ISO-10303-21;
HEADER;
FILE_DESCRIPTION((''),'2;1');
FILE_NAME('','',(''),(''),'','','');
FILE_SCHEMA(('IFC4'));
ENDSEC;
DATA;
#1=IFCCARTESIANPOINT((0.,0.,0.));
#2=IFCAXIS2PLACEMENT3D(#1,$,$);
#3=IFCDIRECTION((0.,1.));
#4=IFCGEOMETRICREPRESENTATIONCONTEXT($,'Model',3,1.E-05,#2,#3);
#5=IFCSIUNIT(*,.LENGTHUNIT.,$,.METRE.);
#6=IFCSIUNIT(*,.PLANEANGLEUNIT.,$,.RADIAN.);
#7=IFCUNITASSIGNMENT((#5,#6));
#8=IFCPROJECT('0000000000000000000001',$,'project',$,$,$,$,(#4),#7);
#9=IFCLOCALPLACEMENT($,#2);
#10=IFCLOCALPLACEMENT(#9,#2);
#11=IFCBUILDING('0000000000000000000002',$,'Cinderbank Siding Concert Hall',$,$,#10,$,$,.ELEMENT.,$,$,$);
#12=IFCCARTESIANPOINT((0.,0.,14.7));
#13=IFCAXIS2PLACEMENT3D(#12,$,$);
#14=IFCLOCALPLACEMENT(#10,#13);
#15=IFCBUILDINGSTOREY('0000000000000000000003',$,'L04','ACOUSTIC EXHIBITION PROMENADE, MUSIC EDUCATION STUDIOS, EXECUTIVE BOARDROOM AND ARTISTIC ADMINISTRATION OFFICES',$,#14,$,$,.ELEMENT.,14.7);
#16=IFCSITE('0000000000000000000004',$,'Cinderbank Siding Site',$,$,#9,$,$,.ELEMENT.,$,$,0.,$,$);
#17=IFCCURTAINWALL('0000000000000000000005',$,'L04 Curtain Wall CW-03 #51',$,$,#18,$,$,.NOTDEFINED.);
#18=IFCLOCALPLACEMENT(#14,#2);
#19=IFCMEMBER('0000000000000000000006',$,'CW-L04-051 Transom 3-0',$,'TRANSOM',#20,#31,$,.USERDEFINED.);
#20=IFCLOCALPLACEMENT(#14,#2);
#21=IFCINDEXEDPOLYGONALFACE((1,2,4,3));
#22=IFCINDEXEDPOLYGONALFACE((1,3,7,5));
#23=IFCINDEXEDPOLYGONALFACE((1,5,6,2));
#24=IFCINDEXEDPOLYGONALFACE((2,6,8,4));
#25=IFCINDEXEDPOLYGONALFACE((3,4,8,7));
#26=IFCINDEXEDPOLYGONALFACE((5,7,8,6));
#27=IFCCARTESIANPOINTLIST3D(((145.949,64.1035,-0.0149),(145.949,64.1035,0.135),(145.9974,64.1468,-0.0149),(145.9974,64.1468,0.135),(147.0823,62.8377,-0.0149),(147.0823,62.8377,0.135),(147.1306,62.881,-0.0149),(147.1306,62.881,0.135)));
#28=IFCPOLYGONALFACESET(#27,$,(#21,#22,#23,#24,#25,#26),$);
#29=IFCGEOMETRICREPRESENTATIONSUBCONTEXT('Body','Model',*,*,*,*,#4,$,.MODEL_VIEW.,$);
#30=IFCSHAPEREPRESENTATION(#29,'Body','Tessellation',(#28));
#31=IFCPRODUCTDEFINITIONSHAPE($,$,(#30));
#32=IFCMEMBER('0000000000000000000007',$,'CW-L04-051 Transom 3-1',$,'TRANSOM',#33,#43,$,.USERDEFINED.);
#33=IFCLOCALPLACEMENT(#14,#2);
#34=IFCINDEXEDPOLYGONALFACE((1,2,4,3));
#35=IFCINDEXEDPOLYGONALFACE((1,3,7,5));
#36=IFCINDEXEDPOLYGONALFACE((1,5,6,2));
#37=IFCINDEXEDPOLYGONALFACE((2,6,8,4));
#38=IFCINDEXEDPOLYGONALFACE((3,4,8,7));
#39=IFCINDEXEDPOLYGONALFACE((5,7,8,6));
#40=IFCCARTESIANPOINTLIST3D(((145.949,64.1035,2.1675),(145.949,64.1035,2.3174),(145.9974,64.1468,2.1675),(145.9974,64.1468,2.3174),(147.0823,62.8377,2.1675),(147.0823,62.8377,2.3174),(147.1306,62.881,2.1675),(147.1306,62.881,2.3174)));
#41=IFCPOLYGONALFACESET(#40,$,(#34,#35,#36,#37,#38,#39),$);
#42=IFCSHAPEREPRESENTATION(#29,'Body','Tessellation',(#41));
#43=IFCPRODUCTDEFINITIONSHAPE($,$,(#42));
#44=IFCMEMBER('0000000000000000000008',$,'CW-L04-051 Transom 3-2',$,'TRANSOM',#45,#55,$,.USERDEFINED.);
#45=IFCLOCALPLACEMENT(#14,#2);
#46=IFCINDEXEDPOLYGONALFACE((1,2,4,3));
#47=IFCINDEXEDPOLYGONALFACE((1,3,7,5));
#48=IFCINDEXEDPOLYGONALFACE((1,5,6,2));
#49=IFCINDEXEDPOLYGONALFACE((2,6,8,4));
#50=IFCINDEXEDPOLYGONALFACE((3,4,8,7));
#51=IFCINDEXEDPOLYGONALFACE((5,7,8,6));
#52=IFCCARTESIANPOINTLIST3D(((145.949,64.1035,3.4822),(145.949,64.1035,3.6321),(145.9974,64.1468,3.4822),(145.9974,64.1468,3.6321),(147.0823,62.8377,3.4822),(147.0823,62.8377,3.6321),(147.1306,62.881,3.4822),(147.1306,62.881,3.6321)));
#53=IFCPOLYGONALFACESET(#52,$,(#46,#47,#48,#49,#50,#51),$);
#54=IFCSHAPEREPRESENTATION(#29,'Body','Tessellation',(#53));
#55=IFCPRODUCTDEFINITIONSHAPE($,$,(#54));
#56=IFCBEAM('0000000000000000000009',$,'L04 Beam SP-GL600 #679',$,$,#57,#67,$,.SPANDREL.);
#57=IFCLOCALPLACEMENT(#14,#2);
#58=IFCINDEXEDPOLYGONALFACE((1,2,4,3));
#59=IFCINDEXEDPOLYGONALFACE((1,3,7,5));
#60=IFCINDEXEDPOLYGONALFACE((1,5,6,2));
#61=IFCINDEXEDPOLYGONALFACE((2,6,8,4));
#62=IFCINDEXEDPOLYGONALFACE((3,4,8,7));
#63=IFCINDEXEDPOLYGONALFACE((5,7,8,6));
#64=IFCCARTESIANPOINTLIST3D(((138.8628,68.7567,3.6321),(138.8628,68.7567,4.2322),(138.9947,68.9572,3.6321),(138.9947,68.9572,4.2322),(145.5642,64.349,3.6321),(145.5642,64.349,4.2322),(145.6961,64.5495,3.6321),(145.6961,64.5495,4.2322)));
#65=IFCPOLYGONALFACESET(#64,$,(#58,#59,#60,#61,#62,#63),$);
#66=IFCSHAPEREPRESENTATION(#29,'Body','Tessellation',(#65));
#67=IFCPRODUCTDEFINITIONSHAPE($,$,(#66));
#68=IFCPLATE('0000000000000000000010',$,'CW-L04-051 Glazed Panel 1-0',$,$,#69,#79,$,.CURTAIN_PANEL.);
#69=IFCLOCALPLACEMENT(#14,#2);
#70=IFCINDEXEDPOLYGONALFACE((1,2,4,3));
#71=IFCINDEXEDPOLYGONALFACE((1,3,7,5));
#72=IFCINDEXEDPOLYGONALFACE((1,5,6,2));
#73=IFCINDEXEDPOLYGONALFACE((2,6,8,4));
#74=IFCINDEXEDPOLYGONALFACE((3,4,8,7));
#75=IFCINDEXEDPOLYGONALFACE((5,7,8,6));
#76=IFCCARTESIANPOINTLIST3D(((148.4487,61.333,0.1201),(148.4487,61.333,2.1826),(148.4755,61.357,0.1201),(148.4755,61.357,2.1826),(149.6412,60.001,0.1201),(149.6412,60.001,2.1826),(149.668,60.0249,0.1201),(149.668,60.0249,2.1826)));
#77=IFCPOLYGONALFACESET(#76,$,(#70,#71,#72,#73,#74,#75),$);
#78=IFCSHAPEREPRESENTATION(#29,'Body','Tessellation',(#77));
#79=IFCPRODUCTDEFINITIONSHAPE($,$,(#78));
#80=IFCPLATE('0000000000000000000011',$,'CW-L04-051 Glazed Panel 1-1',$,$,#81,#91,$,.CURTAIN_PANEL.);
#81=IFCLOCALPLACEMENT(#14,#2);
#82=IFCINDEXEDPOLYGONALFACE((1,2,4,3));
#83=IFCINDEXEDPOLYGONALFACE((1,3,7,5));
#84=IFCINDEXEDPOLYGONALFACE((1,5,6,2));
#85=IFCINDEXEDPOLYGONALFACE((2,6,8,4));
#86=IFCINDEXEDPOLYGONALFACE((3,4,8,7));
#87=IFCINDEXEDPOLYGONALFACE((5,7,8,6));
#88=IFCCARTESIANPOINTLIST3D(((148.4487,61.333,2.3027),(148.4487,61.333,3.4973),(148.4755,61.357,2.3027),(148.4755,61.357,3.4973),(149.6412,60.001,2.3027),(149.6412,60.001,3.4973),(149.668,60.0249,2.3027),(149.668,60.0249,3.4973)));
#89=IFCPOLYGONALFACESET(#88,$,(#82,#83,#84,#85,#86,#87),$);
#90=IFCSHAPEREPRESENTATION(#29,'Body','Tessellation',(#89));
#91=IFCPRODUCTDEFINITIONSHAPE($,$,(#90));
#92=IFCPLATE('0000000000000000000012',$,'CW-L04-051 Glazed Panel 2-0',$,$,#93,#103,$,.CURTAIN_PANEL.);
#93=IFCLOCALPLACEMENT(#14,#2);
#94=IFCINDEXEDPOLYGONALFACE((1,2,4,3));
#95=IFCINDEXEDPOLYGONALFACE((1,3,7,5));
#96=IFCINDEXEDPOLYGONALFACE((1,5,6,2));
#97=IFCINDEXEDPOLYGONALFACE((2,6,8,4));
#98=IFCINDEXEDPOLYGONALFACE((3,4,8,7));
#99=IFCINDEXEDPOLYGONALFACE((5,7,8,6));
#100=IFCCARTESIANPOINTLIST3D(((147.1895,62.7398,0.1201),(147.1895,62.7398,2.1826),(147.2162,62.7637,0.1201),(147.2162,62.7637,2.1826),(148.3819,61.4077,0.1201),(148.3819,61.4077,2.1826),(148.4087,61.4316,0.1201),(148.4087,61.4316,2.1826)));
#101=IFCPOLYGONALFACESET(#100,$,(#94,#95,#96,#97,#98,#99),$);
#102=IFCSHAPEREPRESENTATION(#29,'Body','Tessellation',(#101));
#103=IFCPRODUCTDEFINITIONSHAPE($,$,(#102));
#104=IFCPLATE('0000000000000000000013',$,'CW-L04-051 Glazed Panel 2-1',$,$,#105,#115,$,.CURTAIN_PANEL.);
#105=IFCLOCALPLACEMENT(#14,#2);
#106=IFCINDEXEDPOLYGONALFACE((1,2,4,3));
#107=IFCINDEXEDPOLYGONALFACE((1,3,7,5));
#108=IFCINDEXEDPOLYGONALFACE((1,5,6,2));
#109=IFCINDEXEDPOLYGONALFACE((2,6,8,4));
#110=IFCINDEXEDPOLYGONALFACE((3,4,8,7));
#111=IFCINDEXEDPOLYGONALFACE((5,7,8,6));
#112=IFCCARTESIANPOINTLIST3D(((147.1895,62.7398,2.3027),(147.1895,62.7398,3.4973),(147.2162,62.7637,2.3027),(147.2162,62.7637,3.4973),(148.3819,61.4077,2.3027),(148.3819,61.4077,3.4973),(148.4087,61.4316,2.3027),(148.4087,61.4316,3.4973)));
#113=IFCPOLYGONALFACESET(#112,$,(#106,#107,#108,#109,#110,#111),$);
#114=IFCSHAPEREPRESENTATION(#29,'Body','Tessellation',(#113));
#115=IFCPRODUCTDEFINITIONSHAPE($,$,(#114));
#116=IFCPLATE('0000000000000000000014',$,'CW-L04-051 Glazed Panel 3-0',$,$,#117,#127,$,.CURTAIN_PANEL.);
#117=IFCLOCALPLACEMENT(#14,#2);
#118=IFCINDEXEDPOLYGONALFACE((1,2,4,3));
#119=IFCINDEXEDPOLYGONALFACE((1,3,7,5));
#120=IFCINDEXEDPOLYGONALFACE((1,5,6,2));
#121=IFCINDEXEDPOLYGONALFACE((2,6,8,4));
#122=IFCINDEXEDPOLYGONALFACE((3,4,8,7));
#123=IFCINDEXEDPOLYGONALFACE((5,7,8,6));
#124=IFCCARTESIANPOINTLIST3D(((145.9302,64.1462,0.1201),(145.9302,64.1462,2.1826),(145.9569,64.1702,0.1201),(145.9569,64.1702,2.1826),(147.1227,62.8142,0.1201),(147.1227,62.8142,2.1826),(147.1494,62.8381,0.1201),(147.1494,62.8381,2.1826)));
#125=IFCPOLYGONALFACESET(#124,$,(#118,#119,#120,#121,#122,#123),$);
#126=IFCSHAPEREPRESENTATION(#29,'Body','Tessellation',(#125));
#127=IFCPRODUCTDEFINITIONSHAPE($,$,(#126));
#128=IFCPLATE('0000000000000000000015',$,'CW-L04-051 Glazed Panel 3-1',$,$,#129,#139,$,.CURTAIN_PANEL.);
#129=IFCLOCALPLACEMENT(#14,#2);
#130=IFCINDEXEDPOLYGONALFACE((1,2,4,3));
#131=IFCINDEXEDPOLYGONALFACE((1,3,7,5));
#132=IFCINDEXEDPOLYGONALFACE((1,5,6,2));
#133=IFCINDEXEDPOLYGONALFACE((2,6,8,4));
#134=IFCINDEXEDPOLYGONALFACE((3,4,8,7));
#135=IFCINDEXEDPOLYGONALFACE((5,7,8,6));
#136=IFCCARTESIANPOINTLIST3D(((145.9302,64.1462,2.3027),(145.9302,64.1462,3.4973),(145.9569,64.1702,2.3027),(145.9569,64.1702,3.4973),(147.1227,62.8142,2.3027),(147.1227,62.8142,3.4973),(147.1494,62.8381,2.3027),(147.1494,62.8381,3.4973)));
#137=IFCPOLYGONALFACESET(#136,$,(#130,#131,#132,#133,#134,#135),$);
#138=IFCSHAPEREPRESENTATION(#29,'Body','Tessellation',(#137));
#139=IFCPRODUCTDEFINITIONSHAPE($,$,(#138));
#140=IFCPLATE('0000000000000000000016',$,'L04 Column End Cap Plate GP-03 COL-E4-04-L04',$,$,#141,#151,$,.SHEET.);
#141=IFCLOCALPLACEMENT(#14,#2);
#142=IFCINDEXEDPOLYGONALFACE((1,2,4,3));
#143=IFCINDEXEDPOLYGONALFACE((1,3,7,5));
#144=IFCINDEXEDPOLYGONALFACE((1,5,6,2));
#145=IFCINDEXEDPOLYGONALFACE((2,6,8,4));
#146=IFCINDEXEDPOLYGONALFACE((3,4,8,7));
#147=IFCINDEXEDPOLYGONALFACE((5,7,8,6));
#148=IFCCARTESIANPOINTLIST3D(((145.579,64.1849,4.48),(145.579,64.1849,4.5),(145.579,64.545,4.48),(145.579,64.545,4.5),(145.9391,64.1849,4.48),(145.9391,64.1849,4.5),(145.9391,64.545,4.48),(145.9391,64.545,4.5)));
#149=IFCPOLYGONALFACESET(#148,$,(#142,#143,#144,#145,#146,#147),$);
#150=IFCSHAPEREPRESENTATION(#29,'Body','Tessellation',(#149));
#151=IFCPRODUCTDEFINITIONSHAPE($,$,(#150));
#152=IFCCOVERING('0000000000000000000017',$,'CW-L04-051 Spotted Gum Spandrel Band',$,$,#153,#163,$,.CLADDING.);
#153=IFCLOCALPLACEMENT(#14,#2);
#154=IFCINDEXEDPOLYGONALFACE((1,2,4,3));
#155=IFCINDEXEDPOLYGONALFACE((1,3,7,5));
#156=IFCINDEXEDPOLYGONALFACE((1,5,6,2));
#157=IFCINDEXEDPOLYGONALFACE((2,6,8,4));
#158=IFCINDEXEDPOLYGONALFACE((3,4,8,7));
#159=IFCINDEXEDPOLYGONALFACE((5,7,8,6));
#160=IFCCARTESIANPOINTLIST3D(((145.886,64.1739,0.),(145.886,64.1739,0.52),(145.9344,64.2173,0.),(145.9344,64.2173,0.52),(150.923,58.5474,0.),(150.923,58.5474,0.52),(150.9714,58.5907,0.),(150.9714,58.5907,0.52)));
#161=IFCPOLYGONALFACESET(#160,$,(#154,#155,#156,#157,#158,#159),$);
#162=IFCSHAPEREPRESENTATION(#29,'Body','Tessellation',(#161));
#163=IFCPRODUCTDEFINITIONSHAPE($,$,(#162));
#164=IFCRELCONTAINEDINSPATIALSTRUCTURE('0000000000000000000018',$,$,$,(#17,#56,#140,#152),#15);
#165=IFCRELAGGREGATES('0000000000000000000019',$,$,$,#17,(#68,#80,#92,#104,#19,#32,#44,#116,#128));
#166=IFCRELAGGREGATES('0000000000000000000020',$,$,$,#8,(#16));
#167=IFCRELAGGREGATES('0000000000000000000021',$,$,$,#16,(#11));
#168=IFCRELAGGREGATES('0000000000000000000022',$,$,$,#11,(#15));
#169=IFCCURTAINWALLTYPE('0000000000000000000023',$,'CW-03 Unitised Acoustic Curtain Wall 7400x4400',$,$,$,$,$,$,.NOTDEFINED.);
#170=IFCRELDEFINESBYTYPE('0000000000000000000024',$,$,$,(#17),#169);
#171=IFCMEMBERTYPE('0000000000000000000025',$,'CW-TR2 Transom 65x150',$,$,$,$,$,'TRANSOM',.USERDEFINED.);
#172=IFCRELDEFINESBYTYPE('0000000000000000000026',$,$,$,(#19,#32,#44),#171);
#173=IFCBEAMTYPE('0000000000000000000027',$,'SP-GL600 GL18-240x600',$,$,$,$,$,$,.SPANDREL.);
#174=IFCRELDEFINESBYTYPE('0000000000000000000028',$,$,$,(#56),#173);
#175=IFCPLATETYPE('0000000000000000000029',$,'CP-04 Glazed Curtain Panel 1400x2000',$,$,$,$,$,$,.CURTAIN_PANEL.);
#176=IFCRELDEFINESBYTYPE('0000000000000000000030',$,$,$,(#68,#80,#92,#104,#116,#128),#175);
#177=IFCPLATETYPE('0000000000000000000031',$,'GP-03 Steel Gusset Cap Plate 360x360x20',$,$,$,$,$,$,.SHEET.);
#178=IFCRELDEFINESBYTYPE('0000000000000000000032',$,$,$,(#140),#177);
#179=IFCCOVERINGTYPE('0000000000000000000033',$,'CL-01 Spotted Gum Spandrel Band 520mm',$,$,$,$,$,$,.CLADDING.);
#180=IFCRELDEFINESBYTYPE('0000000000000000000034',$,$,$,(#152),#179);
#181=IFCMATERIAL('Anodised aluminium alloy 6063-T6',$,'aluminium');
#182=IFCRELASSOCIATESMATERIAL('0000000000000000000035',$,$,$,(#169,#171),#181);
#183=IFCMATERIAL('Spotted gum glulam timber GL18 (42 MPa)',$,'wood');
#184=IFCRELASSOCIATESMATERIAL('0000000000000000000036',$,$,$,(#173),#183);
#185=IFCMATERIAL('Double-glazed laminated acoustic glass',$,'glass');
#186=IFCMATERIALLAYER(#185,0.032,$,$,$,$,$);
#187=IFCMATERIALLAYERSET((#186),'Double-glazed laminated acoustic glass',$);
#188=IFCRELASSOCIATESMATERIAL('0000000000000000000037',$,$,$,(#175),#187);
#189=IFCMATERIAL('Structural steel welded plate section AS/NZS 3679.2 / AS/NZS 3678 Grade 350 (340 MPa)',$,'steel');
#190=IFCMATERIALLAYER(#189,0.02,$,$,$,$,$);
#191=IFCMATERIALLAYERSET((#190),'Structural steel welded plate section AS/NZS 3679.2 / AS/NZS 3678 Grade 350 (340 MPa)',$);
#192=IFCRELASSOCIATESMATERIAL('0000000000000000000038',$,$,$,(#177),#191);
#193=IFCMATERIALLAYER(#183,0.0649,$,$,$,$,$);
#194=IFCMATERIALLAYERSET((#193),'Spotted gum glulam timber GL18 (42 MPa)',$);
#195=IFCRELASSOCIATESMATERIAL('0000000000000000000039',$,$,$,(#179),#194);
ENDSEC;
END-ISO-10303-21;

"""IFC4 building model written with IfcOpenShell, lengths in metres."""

from ifc_helpers import new_model, si_unit, direction, frame, origin, origin_2d, place, context, subcontext, project, spatial, rectangle, extrude, material, layer, layer_set, material_profile, profile_set, type_object, element, aggregate, save


model = new_model("IFC4")

# Units and contexts
model_context = context("Model", 3, precision=1e-05, world=origin(), true_north=direction((0.0, 1.0)))
body_context = subcontext(model_context, "Body", "Model", "MODEL_VIEW")
ifc_project = project(units=[si_unit("LENGTHUNIT", "METRE"), si_unit("PLANEANGLEUNIT", "RADIAN")], contexts=[model_context])

# Site, building, storey
site_placement = place(None, origin())
site = spatial("IfcSite", under=ifc_project, at=site_placement, Name="Cinderbank Siding Site", CompositionType="ELEMENT", RefElevation=0.0)
building_placement = place(site_placement, origin())
building = spatial("IfcBuilding", under=site, at=building_placement, Name="Cinderbank Siding Concert Hall", CompositionType="ELEMENT")
storey_placement = place(building_placement, frame((0.0, 0.0, 14.7)))
storey = spatial("IfcBuildingStorey", under=building, at=storey_placement, Name="L04", Description="ACOUSTIC EXHIBITION PROMENADE, MUSIC EDUCATION STUDIOS, EXECUTIVE BOARDROOM AND ARTISTIC ADMINISTRATION OFFICES", CompositionType="ELEMENT", Elevation=14.7)

# Curtain wall, members
ifc_material_1 = material(Name="Anodised aluminium alloy 6063-T6", Category="aluminium")
curtain_wall_type = type_object("IfcCurtainWallType", Name="CW-03 Unitised Acoustic Curtain Wall 7400x4400", PredefinedType="NOTDEFINED", material=ifc_material_1)
curtain_wall_placement = place(storey_placement, origin())
curtain_wall = element("IfcCurtainWall", 1, at=curtain_wall_placement, inside=storey, type_object=curtain_wall_type, Name="L04 Curtain Wall CW-03 #51", PredefinedType="NOTDEFINED")
ifc_material_profile_1 = material_profile(ifc_material_1, rectangle(XDim=0.0649, YDim=0.1499, at=origin_2d()), Name="ALU-TRAN-65x150", Category="LoadBearing")
ifc_profile_set_1 = profile_set([ifc_material_profile_1], Name="Anodised aluminium alloy 6063-T6")
member_type_1 = type_object("IfcMemberType", Name="CW-TR2 Transom 65x150", ElementType="TRANSOM", PredefinedType="USERDEFINED", material=ifc_profile_set_1)
member_1_placement = place(storey_placement, frame((147.1064, 62.8594, 0.0601), z_axis=(-0.667017, 0.745042, 0.0), x_axis=(-0.745042, -0.667017, 0.0)))
member_1 = element("IfcMember", 2, at=member_1_placement, type_object=member_type_1, Name="CW-L04-051 Transom 3-0", ObjectType="TRANSOM", PredefinedType="USERDEFINED", context=body_context, shape_type="SweptSolid", body=[
    extrude(rectangle(XDim=0.0649, YDim=0.1499, at=origin_2d()), origin(), (0.0, 0.0, 1.0), 1.699),
])
member_2_placement = place(storey_placement, frame((147.1064, 62.8594, 2.2424), z_axis=(-0.667017, 0.745042, 0.0), x_axis=(-0.745042, -0.667017, 0.0)))
member_2 = element("IfcMember", 3, at=member_2_placement, type_object=member_type_1, Name="CW-L04-051 Transom 3-1", ObjectType="TRANSOM", PredefinedType="USERDEFINED", context=body_context, shape_type="SweptSolid", body=[
    extrude(rectangle(XDim=0.0649, YDim=0.1499, at=origin_2d()), origin(), (0.0, 0.0, 1.0), 1.699),
])
member_3_placement = place(storey_placement, frame((147.1064, 62.8594, 3.5571), z_axis=(-0.667017, 0.745042, 0.0), x_axis=(-0.745042, -0.667017, 0.0)))
member_3 = element("IfcMember", 4, at=member_3_placement, type_object=member_type_1, Name="CW-L04-051 Transom 3-2", ObjectType="TRANSOM", PredefinedType="USERDEFINED", context=body_context, shape_type="SweptSolid", body=[
    extrude(rectangle(XDim=0.0649, YDim=0.1499, at=origin_2d()), origin(), (0.0, 0.0, 1.0), 1.699),
])

# Beam
ifc_material_2 = material(Name="Spotted gum glulam timber GL18 (42 MPa)", Category="wood")
ifc_material_profile_2 = material_profile(ifc_material_2, rectangle(XDim=0.24, YDim=0.6001, at=origin_2d()), Name="GL18-240x600", Category="LoadBearing")
ifc_profile_set_2 = profile_set([ifc_material_profile_2], Name="Spotted gum glulam timber GL18 (42 MPa)")
beam_type = type_object("IfcBeamType", Name="SP-GL600 GL18-240x600", PredefinedType="SPANDREL", material=ifc_profile_set_2)
beam_placement = place(storey_placement, frame((145.6301, 64.4492, 3.9321), z_axis=(-0.835481, 0.54952, 0.0), x_axis=(-0.54952, -0.835481, 0.0)))
element("IfcBeam", 5, at=beam_placement, inside=storey, type_object=beam_type, Name="L04 Beam SP-GL600 #679", PredefinedType="SPANDREL", context=body_context, shape_type="SweptSolid", body=[
    extrude(rectangle(XDim=0.24, YDim=0.6001, at=origin_2d()), origin(), (0.0, 0.0, 1.0), 8.021),
])

# Plates
ifc_material_3 = material(Name="Double-glazed laminated acoustic glass", Category="glass")
ifc_layer_1 = layer(ifc_material_3, 0.032)
ifc_layer_set_1 = layer_set([ifc_layer_1], Name="Double-glazed laminated acoustic glass")
plate_type_1 = type_object("IfcPlateType", Name="CP-04 Glazed Curtain Panel 1400x2000", PredefinedType="CURTAIN_PANEL", material=ifc_layer_set_1)
plate_1_placement = place(storey_placement, frame((149.0583, 60.679, 0.1201), z_axis=(0.0, 0.0, 1.0), x_axis=(-0.666993, 0.745064, 0.0)))
plate_1 = element("IfcPlate", 6, at=plate_1_placement, type_object=plate_type_1, Name="CW-L04-051 Glazed Panel 1-0", PredefinedType="CURTAIN_PANEL", context=body_context, shape_type="SweptSolid", body=[
    extrude(rectangle(XDim=1.7878, YDim=0.0359, at=origin_2d()), origin(), (0.0, 0.0, 1.0), 2.0625),
])
plate_2_placement = place(storey_placement, frame((149.0583, 60.679, 2.3027), z_axis=(0.0, 0.0, 1.0), x_axis=(-0.666993, 0.745064, 0.0)))
plate_2 = element("IfcPlate", 7, at=plate_2_placement, type_object=plate_type_1, Name="CW-L04-051 Glazed Panel 1-1", PredefinedType="CURTAIN_PANEL", context=body_context, shape_type="SweptSolid", body=[
    extrude(rectangle(XDim=1.7878, YDim=0.0359, at=origin_2d()), origin(), (0.0, 0.0, 1.0), 1.1946),
])
plate_3_placement = place(storey_placement, frame((147.7991, 62.0857, 0.1201), z_axis=(0.0, 0.0, 1.0), x_axis=(-0.666993, 0.745064, 0.0)))
plate_3 = element("IfcPlate", 8, at=plate_3_placement, type_object=plate_type_1, Name="CW-L04-051 Glazed Panel 2-0", PredefinedType="CURTAIN_PANEL", context=body_context, shape_type="SweptSolid", body=[
    extrude(rectangle(XDim=1.7878, YDim=0.0359, at=origin_2d()), origin(), (0.0, 0.0, 1.0), 2.0625),
])
plate_4_placement = place(storey_placement, frame((147.7991, 62.0857, 2.3027), z_axis=(0.0, 0.0, 1.0), x_axis=(-0.666993, 0.745064, 0.0)))
plate_4 = element("IfcPlate", 9, at=plate_4_placement, type_object=plate_type_1, Name="CW-L04-051 Glazed Panel 2-1", PredefinedType="CURTAIN_PANEL", context=body_context, shape_type="SweptSolid", body=[
    extrude(rectangle(XDim=1.7878, YDim=0.0359, at=origin_2d()), origin(), (0.0, 0.0, 1.0), 1.1946),
])
plate_5_placement = place(storey_placement, frame((146.5398, 63.4922, 0.1201), z_axis=(0.0, 0.0, 1.0), x_axis=(-0.666993, 0.745064, 0.0)))
plate_5 = element("IfcPlate", 10, at=plate_5_placement, type_object=plate_type_1, Name="CW-L04-051 Glazed Panel 3-0", PredefinedType="CURTAIN_PANEL", context=body_context, shape_type="SweptSolid", body=[
    extrude(rectangle(XDim=1.7878, YDim=0.0359, at=origin_2d()), origin(), (0.0, 0.0, 1.0), 2.0625),
])
plate_6_placement = place(storey_placement, frame((146.5398, 63.4922, 2.3027), z_axis=(0.0, 0.0, 1.0), x_axis=(-0.666993, 0.745064, 0.0)))
plate_6 = element("IfcPlate", 11, at=plate_6_placement, type_object=plate_type_1, Name="CW-L04-051 Glazed Panel 3-1", PredefinedType="CURTAIN_PANEL", context=body_context, shape_type="SweptSolid", body=[
    extrude(rectangle(XDim=1.7878, YDim=0.0359, at=origin_2d()), origin(), (0.0, 0.0, 1.0), 1.1946),
])
aggregate(curtain_wall, [plate_1, plate_2, plate_3, plate_4, member_1, member_2, member_3, plate_5, plate_6])
ifc_material_4 = material(Name="Structural steel welded plate section AS/NZS 3679.2 / AS/NZS 3678 Grade 350 (340 MPa)", Category="steel")
ifc_layer_2 = layer(ifc_material_4, 0.02)
ifc_layer_set_2 = layer_set([ifc_layer_2], Name="Structural steel welded plate section AS/NZS 3679.2 / AS/NZS 3678 Grade 350 (340 MPa)")
plate_type_2 = type_object("IfcPlateType", Name="GP-03 Steel Gusset Cap Plate 360x360x20", PredefinedType="SHEET", material=ifc_layer_set_2)
plate_7_placement = place(storey_placement, frame((145.759, 64.365, 4.48), z_axis=(0.0, 0.0, 1.0), x_axis=(1.0, 0.0, 0.0)))
element("IfcPlate", 12, at=plate_7_placement, inside=storey, type_object=plate_type_2, Name="L04 Column End Cap Plate GP-03 COL-E4-04-L04", PredefinedType="SHEET", context=body_context, shape_type="SweptSolid", body=[
    extrude(rectangle(XDim=0.3601, YDim=0.3601, at=origin_2d()), origin(), (0.0, 0.0, 1.0), 0.02),
])

# Covering
ifc_layer_3 = layer(ifc_material_2, 0.0649)
ifc_layer_set_3 = layer_set([ifc_layer_3], Name="Spotted gum glulam timber GL18 (42 MPa)")
covering_type = type_object("IfcCoveringType", Name="CL-01 Spotted Gum Spandrel Band 520mm", PredefinedType="CLADDING", material=ifc_layer_set_3)
covering_placement = place(storey_placement, frame((148.4287, 61.3823, 0.0), z_axis=(0.0, 0.0, 1.0), x_axis=(-0.666993, 0.745064, 0.0)))
element("IfcCovering", 13, at=covering_placement, inside=storey, type_object=covering_type, Name="CW-L04-051 Spotted Gum Spandrel Band", PredefinedType="CLADDING", context=body_context, shape_type="SweptSolid", body=[
    extrude(rectangle(XDim=7.5518, YDim=0.0649, at=origin_2d()), origin(), (0.0, 0.0, 1.0), 0.52),
])

save(model, "model.ifc")
